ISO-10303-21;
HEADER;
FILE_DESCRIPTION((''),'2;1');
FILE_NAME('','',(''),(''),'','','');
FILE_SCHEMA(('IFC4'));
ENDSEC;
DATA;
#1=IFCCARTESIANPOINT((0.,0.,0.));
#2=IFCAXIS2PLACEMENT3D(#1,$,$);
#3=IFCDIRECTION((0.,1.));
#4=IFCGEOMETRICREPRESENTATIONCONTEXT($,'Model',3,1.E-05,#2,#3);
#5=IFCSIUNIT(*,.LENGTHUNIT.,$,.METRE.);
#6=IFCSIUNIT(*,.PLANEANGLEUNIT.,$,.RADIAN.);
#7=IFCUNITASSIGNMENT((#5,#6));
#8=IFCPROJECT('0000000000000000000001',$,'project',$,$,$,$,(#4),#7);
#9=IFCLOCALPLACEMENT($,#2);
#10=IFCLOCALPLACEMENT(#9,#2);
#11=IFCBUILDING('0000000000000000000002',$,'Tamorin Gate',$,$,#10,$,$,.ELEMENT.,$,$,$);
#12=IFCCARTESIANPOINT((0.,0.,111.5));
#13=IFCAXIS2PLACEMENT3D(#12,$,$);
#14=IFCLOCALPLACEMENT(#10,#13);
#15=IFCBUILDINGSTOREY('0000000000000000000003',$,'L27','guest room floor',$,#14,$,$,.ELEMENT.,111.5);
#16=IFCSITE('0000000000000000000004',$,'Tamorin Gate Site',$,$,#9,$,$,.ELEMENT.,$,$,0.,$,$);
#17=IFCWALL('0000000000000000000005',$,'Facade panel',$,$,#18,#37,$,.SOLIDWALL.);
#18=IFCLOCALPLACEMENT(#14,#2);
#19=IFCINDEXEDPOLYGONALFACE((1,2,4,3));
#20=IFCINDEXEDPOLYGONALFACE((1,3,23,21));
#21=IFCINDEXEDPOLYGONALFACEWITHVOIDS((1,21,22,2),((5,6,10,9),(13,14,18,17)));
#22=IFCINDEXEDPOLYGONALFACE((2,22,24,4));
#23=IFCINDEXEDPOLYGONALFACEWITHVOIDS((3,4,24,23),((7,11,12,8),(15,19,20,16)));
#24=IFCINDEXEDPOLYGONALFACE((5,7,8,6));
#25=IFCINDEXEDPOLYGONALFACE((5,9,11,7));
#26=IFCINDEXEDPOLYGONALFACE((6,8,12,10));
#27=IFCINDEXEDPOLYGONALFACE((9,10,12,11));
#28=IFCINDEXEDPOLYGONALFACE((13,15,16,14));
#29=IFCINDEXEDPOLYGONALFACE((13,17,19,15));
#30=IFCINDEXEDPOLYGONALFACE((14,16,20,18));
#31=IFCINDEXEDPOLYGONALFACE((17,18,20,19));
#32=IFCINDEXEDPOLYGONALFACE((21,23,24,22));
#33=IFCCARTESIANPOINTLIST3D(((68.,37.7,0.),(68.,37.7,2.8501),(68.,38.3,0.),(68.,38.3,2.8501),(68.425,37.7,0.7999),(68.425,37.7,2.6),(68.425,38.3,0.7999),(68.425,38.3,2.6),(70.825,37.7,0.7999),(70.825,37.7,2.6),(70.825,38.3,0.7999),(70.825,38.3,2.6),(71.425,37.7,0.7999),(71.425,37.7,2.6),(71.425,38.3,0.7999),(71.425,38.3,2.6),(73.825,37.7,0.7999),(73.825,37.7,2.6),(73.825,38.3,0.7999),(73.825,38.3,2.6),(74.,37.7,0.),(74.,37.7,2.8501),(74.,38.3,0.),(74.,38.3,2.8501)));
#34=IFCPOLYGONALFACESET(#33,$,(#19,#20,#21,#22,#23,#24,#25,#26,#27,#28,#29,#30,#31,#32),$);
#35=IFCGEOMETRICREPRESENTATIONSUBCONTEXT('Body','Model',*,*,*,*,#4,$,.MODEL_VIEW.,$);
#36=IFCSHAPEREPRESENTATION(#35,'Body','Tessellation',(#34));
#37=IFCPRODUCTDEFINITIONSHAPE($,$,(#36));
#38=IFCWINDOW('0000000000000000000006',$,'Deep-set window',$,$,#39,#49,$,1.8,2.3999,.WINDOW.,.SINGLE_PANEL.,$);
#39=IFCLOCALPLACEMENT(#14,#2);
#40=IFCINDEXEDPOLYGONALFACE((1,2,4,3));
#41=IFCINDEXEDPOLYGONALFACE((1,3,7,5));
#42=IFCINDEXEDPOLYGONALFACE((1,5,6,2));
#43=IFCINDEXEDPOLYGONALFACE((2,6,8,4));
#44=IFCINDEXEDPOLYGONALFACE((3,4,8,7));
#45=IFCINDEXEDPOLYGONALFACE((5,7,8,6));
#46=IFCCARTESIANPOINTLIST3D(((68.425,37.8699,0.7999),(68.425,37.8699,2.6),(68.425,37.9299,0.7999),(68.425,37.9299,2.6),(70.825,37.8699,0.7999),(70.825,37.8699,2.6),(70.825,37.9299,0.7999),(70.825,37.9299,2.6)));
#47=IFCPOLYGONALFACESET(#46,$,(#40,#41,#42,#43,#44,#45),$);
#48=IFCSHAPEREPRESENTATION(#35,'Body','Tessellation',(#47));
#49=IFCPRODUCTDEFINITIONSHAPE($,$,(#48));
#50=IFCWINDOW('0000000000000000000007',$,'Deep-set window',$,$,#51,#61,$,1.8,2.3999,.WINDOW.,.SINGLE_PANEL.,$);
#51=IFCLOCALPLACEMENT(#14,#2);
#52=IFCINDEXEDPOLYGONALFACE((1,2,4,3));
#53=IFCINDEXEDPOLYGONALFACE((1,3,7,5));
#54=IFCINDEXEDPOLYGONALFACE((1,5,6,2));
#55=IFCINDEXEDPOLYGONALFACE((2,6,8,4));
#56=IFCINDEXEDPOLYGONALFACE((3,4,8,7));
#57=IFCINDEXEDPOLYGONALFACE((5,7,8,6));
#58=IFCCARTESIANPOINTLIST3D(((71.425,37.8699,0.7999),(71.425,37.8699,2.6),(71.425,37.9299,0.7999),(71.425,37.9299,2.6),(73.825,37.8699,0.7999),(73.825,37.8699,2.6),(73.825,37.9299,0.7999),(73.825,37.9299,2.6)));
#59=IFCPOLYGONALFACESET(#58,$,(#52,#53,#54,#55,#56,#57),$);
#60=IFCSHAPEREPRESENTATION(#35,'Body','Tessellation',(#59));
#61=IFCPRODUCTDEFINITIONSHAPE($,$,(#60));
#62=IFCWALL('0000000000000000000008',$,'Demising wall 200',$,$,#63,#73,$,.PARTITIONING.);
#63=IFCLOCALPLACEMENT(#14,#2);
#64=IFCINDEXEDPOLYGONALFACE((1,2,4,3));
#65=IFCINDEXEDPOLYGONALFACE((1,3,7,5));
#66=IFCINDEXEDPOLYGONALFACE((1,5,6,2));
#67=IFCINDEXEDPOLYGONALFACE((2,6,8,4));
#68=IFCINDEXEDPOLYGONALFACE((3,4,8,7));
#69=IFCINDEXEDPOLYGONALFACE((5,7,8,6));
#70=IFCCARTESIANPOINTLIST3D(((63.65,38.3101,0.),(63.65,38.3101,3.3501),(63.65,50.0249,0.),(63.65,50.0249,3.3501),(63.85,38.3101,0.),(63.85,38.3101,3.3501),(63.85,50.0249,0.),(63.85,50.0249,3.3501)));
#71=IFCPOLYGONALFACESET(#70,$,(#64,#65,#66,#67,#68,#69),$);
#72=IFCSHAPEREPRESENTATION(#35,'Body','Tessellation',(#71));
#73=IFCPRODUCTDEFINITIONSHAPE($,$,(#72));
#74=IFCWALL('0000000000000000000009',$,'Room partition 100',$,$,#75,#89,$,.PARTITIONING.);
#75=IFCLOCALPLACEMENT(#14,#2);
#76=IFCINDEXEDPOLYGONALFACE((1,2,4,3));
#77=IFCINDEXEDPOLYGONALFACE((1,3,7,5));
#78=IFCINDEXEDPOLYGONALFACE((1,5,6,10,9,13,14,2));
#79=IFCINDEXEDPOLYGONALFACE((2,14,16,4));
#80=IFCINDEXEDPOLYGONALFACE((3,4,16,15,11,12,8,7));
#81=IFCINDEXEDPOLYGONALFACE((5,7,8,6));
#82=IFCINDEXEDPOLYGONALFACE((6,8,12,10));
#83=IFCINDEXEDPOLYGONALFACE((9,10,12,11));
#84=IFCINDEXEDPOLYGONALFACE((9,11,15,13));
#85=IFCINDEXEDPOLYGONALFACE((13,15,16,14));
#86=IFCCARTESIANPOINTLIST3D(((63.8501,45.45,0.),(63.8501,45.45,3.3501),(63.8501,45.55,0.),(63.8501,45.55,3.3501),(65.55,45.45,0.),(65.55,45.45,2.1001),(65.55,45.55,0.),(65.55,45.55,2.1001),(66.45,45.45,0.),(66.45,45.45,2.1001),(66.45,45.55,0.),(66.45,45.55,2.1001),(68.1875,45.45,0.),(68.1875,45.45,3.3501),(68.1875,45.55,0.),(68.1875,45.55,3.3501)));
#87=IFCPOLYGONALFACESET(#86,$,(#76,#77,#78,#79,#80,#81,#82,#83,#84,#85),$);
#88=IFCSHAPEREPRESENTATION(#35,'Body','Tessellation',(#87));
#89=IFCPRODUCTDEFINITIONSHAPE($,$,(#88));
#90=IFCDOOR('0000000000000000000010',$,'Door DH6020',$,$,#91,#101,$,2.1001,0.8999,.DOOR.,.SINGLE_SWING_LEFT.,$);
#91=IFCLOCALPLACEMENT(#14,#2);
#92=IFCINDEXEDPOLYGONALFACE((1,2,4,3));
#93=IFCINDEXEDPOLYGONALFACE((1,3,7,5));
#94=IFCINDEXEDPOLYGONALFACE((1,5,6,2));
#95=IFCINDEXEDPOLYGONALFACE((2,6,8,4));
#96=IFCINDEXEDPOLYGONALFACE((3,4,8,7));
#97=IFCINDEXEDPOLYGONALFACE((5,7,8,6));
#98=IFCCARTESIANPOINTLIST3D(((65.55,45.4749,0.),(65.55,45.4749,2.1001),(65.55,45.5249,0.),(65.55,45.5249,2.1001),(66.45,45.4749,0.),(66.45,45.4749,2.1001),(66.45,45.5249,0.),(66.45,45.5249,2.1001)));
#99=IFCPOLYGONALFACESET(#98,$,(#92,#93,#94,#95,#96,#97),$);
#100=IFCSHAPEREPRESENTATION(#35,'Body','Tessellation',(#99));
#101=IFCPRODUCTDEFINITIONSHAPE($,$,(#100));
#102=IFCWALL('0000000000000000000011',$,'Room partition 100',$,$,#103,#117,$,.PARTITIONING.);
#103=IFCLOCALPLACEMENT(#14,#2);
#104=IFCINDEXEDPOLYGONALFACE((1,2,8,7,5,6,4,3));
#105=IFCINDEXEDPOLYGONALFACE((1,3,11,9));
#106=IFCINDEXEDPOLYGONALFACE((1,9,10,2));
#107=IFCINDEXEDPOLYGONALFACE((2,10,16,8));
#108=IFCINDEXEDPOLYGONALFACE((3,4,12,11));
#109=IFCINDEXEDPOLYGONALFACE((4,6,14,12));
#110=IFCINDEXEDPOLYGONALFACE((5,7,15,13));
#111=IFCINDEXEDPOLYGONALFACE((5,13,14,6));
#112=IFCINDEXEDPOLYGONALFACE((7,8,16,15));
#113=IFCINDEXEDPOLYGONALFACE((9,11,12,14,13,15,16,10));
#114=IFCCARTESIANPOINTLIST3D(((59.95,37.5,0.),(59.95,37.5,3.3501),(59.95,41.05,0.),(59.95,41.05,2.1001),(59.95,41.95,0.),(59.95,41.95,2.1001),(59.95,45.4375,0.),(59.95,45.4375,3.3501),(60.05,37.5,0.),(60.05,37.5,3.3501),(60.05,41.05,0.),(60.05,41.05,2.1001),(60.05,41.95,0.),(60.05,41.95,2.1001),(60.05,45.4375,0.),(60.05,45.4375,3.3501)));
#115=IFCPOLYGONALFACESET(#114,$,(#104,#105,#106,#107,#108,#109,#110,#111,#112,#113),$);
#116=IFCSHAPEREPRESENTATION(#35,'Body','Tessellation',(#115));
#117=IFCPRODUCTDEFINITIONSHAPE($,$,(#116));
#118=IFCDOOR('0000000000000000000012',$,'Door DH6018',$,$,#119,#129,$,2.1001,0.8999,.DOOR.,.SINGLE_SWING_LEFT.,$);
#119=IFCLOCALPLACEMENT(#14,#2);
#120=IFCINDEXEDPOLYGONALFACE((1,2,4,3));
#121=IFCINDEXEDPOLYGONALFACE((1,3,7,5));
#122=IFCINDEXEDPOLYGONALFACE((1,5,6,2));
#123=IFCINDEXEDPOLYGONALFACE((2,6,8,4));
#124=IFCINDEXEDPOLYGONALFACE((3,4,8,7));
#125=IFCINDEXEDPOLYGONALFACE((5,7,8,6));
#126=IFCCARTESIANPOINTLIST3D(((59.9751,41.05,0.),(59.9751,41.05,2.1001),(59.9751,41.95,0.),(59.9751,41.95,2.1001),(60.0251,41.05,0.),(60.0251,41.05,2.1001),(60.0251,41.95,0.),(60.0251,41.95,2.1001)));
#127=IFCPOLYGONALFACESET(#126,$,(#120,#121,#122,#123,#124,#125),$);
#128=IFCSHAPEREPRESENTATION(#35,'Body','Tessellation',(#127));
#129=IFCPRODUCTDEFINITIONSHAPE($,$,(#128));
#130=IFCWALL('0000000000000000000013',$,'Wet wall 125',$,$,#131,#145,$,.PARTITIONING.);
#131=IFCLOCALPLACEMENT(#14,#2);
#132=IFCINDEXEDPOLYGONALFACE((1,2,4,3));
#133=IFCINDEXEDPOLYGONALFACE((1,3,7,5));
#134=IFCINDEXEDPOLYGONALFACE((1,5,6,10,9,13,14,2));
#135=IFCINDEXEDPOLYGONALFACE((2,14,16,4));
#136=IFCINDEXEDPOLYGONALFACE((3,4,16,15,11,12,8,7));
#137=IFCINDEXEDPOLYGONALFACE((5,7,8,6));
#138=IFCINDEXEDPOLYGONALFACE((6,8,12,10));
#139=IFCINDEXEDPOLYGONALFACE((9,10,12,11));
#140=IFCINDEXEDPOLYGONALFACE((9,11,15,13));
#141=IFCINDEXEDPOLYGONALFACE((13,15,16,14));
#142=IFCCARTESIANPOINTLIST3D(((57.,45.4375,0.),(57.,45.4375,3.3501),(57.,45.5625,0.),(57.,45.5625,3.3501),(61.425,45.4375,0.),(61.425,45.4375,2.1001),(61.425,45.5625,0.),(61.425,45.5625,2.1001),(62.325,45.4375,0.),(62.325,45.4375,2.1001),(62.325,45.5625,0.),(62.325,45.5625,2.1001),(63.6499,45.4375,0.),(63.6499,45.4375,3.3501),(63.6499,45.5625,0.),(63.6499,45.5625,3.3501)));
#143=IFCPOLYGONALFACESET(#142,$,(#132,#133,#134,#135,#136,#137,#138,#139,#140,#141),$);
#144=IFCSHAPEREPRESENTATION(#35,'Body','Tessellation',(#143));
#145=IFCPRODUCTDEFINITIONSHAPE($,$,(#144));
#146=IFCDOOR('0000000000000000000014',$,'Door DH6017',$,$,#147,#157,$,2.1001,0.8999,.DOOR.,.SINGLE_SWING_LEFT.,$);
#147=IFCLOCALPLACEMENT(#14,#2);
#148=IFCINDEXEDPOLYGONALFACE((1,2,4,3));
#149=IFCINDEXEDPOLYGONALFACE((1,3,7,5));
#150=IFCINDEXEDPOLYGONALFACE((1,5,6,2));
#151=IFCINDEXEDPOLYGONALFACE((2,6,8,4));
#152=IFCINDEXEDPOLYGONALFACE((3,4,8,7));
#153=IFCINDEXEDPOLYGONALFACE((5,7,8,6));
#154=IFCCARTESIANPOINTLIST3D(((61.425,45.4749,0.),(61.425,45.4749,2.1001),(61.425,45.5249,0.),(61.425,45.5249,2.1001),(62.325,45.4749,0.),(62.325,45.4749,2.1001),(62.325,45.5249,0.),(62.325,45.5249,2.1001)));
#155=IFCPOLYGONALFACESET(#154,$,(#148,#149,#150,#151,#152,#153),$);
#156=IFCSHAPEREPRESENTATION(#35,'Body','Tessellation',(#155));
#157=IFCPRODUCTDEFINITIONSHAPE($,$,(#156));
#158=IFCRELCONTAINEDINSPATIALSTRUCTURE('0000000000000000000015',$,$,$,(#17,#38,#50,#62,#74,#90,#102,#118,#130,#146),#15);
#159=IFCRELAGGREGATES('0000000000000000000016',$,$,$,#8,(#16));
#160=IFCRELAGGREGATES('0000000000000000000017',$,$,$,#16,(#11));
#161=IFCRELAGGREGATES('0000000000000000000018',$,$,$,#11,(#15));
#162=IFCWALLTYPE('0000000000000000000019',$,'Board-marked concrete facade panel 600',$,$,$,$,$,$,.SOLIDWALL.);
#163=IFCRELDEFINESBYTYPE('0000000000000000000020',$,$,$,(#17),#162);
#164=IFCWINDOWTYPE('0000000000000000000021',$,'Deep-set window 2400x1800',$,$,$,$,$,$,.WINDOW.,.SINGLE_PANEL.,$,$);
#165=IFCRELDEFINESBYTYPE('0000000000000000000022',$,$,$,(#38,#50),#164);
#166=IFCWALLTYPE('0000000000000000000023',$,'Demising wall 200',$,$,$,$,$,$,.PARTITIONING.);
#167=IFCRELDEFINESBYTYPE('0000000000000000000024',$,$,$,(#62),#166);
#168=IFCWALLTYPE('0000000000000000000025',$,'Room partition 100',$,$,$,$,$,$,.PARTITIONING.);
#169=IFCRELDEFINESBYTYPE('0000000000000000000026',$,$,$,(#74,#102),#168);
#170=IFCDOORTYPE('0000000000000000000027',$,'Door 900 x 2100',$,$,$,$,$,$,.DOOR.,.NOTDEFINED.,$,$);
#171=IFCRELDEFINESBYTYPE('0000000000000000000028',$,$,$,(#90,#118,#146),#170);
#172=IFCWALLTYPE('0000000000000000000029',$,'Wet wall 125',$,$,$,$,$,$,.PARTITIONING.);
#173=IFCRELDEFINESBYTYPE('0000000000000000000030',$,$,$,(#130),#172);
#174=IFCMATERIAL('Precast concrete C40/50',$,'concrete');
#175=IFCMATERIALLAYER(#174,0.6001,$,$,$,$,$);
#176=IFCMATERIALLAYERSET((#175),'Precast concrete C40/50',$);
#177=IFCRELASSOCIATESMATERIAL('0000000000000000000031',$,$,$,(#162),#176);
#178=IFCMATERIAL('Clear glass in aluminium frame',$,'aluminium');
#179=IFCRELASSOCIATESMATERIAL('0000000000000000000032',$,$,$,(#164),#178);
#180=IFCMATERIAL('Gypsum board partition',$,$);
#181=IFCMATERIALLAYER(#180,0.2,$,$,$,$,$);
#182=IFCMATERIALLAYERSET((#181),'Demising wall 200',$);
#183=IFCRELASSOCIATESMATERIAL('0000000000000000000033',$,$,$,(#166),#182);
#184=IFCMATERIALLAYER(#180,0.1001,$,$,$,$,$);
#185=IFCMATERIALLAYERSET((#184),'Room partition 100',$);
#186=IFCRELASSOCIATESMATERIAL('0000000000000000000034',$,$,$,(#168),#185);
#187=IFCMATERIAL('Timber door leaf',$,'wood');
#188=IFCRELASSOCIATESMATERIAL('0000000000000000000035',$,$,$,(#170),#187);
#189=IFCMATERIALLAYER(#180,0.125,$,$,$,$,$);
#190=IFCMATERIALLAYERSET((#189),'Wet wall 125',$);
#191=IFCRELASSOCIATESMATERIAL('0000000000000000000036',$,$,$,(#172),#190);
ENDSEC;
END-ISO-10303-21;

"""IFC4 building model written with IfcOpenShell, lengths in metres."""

from ifc_helpers import new_model, si_unit, direction, frame, frame_2d, origin, place, context, subcontext, project, spatial, rectangle, extrude, material, layer, layer_set, type_object, element, fill, save


model = new_model("IFC4")

# Units and contexts
model_context = context("Model", 3, precision=1e-05, world=origin(), true_north=direction((0.0, 1.0)))
body_context = subcontext(model_context, "Body", "Model", "MODEL_VIEW")
ifc_project = project(units=[si_unit("LENGTHUNIT", "METRE"), si_unit("PLANEANGLEUNIT", "RADIAN")], contexts=[model_context])

# Site, building, storey
site_placement = place(None, origin())
site = spatial("IfcSite", under=ifc_project, at=site_placement, Name="Tamorin Gate Site", CompositionType="ELEMENT", RefElevation=0.0)
building_placement = place(site_placement, origin())
building = spatial("IfcBuilding", under=site, at=building_placement, Name="Tamorin Gate", CompositionType="ELEMENT")
storey_placement = place(building_placement, frame((0.0, 0.0, 111.5)))
storey = spatial("IfcBuildingStorey", under=building, at=storey_placement, Name="L27", Description="guest room floor", CompositionType="ELEMENT", Elevation=111.5)

# Wall, openings, windows
ifc_material_1 = material(Name="Precast concrete C40/50", Category="concrete")
ifc_layer_1 = layer(ifc_material_1, 0.6001)
ifc_layer_set_1 = layer_set([ifc_layer_1], Name="Precast concrete C40/50")
wall_type_1 = type_object("IfcWallType", Name="Board-marked concrete facade panel 600", PredefinedType="SOLIDWALL", material=ifc_layer_set_1)
ifc_material_2 = material(Name="Clear glass in aluminium frame", Category="aluminium")
window_type = type_object("IfcWindowType", Name="Deep-set window 2400x1800", PartitioningType="SINGLE_PANEL", PredefinedType="WINDOW", material=ifc_material_2)
wall_1_placement = place(storey_placement, frame((68.0, 38.0, 0.0), z_axis=(0.0, 0.0, 1.0), x_axis=(1.0, 0.0, 0.0)))
wall_1 = element("IfcWall", 1, at=wall_1_placement, inside=storey, type_object=wall_type_1, Name="Facade panel", PredefinedType="SOLIDWALL", context=body_context, shape_type="SweptSolid", body=[
    extrude(rectangle(XDim=6.0, YDim=0.6001, at=frame_2d((3.0, 0.0))), origin(), (0.0, 0.0, 1.0), 2.8501),
])
opening_1_placement = place(wall_1_placement, frame((0.425, 0.0, 0.8)))
opening_1 = element("IfcOpeningElement", 2, at=opening_1_placement, cuts=wall_1, PredefinedType="OPENING", context=body_context, shape_type="SweptSolid", body=[
    extrude(rectangle(XDim=2.3999, YDim=1.8, at=frame_2d((1.2, 0.8999))), frame((0.0, 0.3101, 0.0), z_axis=(0.0, -1.0, 0.0), x_axis=(1.0, 0.0, 0.0)), (0.0, 0.0, 1.0), 0.6201),
])
opening_2_placement = place(wall_1_placement, frame((3.425, 0.0, 0.8)))
opening_2 = element("IfcOpeningElement", 3, at=opening_2_placement, cuts=wall_1, PredefinedType="OPENING", context=body_context, shape_type="SweptSolid", body=[
    extrude(rectangle(XDim=2.3999, YDim=1.8, at=frame_2d((1.2, 0.8999))), frame((0.0, 0.3101, 0.0), z_axis=(0.0, -1.0, 0.0), x_axis=(1.0, 0.0, 0.0)), (0.0, 0.0, 1.0), 0.6201),
])
window_1_placement = place(opening_1_placement, origin())
window_1 = element("IfcWindow", 4, at=window_1_placement, inside=storey, type_object=window_type, Name="Deep-set window", OverallHeight=1.8, OverallWidth=2.3999, PartitioningType="SINGLE_PANEL", PredefinedType="WINDOW", context=body_context, shape_type="SweptSolid", body=[
    extrude(rectangle(XDim=2.3999, YDim=1.8, at=frame_2d((1.2, 0.8999))), frame((0.0, -0.0701, 0.0), z_axis=(0.0, -1.0, 0.0), x_axis=(1.0, 0.0, 0.0)), (0.0, 0.0, 1.0), 0.0601),
])
fill(opening_1, window_1)
window_2_placement = place(opening_2_placement, origin())
window_2 = element("IfcWindow", 5, at=window_2_placement, inside=storey, type_object=window_type, Name="Deep-set window", OverallHeight=1.8, OverallWidth=2.3999, PartitioningType="SINGLE_PANEL", PredefinedType="WINDOW", context=body_context, shape_type="SweptSolid", body=[
    extrude(rectangle(XDim=2.3999, YDim=1.8, at=frame_2d((1.2, 0.8999))), frame((0.0, -0.0701, 0.0), z_axis=(0.0, -1.0, 0.0), x_axis=(1.0, 0.0, 0.0)), (0.0, 0.0, 1.0), 0.0601),
])
fill(opening_2, window_2)

# Wall
ifc_material_3 = material(Name="Gypsum board partition")
ifc_layer_2 = layer(ifc_material_3, 0.2)
ifc_layer_set_2 = layer_set([ifc_layer_2], Name="Demising wall 200")
wall_type_2 = type_object("IfcWallType", Name="Demising wall 200", PredefinedType="PARTITIONING", material=ifc_layer_set_2)
wall_2_placement = place(storey_placement, frame((63.75, 38.3101, 0.0), z_axis=(0.0, 0.0, 1.0), x_axis=(0.0, 1.0, 0.0)))
element("IfcWall", 6, at=wall_2_placement, inside=storey, type_object=wall_type_2, Name="Demising wall 200", PredefinedType="PARTITIONING", context=body_context, shape_type="SweptSolid", body=[
    extrude(rectangle(XDim=11.7148, YDim=0.2, at=frame_2d((5.8574, 0.0))), origin(), (0.0, 0.0, 1.0), 3.3501),
])

# Walls, openings, doors
ifc_layer_3 = layer(ifc_material_3, 0.1001)
ifc_layer_set_3 = layer_set([ifc_layer_3], Name="Room partition 100")
wall_type_3 = type_object("IfcWallType", Name="Room partition 100", PredefinedType="PARTITIONING", material=ifc_layer_set_3)
wall_3_placement = place(storey_placement, frame((63.8501, 45.5, 0.0), z_axis=(0.0, 0.0, 1.0), x_axis=(1.0, 0.0, 0.0)))
wall_3 = element("IfcWall", 7, at=wall_3_placement, inside=storey, type_object=wall_type_3, Name="Room partition 100", PredefinedType="PARTITIONING", context=body_context, shape_type="SweptSolid", body=[
    extrude(rectangle(XDim=4.3374, YDim=0.1001, at=frame_2d((2.1687, 0.0))), origin(), (0.0, 0.0, 1.0), 3.3501),
])
opening_3_placement = place(wall_3_placement, frame((1.7, 0.0, 0.0)))
opening_3 = element("IfcOpeningElement", 8, at=opening_3_placement, cuts=wall_3, PredefinedType="OPENING", context=body_context, shape_type="SweptSolid", body=[
    extrude(rectangle(XDim=0.8999, YDim=2.1001, at=frame_2d((0.45, 1.05))), frame((0.0, 0.0601, 0.0), z_axis=(0.0, -1.0, 0.0), x_axis=(1.0, 0.0, 0.0)), (0.0, 0.0, 1.0), 0.1201),
])
ifc_material_4 = material(Name="Timber door leaf", Category="wood")
door_type = type_object("IfcDoorType", Name="Door 900 x 2100", OperationType="NOTDEFINED", PredefinedType="DOOR", material=ifc_material_4)
door_1_placement = place(opening_3_placement, origin())
door_1 = element("IfcDoor", 9, at=door_1_placement, inside=storey, type_object=door_type, Name="Door DH6020", OperationType="SINGLE_SWING_LEFT", OverallHeight=2.1001, OverallWidth=0.8999, PredefinedType="DOOR", context=body_context, shape_type="SweptSolid", body=[
    extrude(rectangle(XDim=0.8999, YDim=2.1001, at=frame_2d((0.45, 1.05))), frame((0.0, 0.0249, 0.0), z_axis=(0.0, -1.0, 0.0), x_axis=(1.0, 0.0, 0.0)), (0.0, 0.0, 1.0), 0.05),
])
fill(opening_3, door_1)
wall_4_placement = place(storey_placement, frame((60.0, 37.5, 0.0), z_axis=(0.0, 0.0, 1.0), x_axis=(0.0, 1.0, 0.0)))
wall_4 = element("IfcWall", 10, at=wall_4_placement, inside=storey, type_object=wall_type_3, Name="Room partition 100", PredefinedType="PARTITIONING", context=body_context, shape_type="SweptSolid", body=[
    extrude(rectangle(XDim=7.9375, YDim=0.1001, at=frame_2d((3.9688, 0.0))), origin(), (0.0, 0.0, 1.0), 3.3501),
])
opening_4_placement = place(wall_4_placement, frame((3.55, 0.0, 0.0)))
opening_4 = element("IfcOpeningElement", 11, at=opening_4_placement, cuts=wall_4, PredefinedType="OPENING", context=body_context, shape_type="SweptSolid", body=[
    extrude(rectangle(XDim=0.8999, YDim=2.1001, at=frame_2d((0.45, 1.05))), frame((0.0, 0.0601, 0.0), z_axis=(0.0, -1.0, 0.0), x_axis=(1.0, 0.0, 0.0)), (0.0, 0.0, 1.0), 0.1201),
])
door_2_placement = place(opening_4_placement, origin())
door_2 = element("IfcDoor", 12, at=door_2_placement, inside=storey, type_object=door_type, Name="Door DH6018", OperationType="SINGLE_SWING_LEFT", OverallHeight=2.1001, OverallWidth=0.8999, PredefinedType="DOOR", context=body_context, shape_type="SweptSolid", body=[
    extrude(rectangle(XDim=0.8999, YDim=2.1001, at=frame_2d((0.45, 1.05))), frame((0.0, 0.0249, 0.0), z_axis=(0.0, -1.0, 0.0), x_axis=(1.0, 0.0, 0.0)), (0.0, 0.0, 1.0), 0.05),
])
fill(opening_4, door_2)
ifc_layer_4 = layer(ifc_material_3, 0.125)
ifc_layer_set_4 = layer_set([ifc_layer_4], Name="Wet wall 125")
wall_type_4 = type_object("IfcWallType", Name="Wet wall 125", PredefinedType="PARTITIONING", material=ifc_layer_set_4)
wall_5_placement = place(storey_placement, frame((57.0, 45.5, 0.0), z_axis=(0.0, 0.0, 1.0), x_axis=(1.0, 0.0, 0.0)))
wall_5 = element("IfcWall", 13, at=wall_5_placement, inside=storey, type_object=wall_type_4, Name="Wet wall 125", PredefinedType="PARTITIONING", context=body_context, shape_type="SweptSolid", body=[
    extrude(rectangle(XDim=6.6499, YDim=0.125, at=frame_2d((3.325, 0.0))), origin(), (0.0, 0.0, 1.0), 3.3501),
])
opening_5_placement = place(wall_5_placement, frame((4.425, 0.0, 0.0)))
opening_5 = element("IfcOpeningElement", 14, at=opening_5_placement, cuts=wall_5, PredefinedType="OPENING", context=body_context, shape_type="SweptSolid", body=[
    extrude(rectangle(XDim=0.8999, YDim=2.1001, at=frame_2d((0.45, 1.05))), frame((0.0, 0.0725, 0.0), z_axis=(0.0, -1.0, 0.0), x_axis=(1.0, 0.0, 0.0)), (0.0, 0.0, 1.0), 0.145),
])
door_3_placement = place(opening_5_placement, origin())
door_3 = element("IfcDoor", 15, at=door_3_placement, inside=storey, type_object=door_type, Name="Door DH6017", OperationType="SINGLE_SWING_LEFT", OverallHeight=2.1001, OverallWidth=0.8999, PredefinedType="DOOR", context=body_context, shape_type="SweptSolid", body=[
    extrude(rectangle(XDim=0.8999, YDim=2.1001, at=frame_2d((0.45, 1.05))), frame((0.0, 0.0249, 0.0), z_axis=(0.0, -1.0, 0.0), x_axis=(1.0, 0.0, 0.0)), (0.0, 0.0, 1.0), 0.05),
])
fill(opening_5, door_3)

save(model, "model.ifc")
